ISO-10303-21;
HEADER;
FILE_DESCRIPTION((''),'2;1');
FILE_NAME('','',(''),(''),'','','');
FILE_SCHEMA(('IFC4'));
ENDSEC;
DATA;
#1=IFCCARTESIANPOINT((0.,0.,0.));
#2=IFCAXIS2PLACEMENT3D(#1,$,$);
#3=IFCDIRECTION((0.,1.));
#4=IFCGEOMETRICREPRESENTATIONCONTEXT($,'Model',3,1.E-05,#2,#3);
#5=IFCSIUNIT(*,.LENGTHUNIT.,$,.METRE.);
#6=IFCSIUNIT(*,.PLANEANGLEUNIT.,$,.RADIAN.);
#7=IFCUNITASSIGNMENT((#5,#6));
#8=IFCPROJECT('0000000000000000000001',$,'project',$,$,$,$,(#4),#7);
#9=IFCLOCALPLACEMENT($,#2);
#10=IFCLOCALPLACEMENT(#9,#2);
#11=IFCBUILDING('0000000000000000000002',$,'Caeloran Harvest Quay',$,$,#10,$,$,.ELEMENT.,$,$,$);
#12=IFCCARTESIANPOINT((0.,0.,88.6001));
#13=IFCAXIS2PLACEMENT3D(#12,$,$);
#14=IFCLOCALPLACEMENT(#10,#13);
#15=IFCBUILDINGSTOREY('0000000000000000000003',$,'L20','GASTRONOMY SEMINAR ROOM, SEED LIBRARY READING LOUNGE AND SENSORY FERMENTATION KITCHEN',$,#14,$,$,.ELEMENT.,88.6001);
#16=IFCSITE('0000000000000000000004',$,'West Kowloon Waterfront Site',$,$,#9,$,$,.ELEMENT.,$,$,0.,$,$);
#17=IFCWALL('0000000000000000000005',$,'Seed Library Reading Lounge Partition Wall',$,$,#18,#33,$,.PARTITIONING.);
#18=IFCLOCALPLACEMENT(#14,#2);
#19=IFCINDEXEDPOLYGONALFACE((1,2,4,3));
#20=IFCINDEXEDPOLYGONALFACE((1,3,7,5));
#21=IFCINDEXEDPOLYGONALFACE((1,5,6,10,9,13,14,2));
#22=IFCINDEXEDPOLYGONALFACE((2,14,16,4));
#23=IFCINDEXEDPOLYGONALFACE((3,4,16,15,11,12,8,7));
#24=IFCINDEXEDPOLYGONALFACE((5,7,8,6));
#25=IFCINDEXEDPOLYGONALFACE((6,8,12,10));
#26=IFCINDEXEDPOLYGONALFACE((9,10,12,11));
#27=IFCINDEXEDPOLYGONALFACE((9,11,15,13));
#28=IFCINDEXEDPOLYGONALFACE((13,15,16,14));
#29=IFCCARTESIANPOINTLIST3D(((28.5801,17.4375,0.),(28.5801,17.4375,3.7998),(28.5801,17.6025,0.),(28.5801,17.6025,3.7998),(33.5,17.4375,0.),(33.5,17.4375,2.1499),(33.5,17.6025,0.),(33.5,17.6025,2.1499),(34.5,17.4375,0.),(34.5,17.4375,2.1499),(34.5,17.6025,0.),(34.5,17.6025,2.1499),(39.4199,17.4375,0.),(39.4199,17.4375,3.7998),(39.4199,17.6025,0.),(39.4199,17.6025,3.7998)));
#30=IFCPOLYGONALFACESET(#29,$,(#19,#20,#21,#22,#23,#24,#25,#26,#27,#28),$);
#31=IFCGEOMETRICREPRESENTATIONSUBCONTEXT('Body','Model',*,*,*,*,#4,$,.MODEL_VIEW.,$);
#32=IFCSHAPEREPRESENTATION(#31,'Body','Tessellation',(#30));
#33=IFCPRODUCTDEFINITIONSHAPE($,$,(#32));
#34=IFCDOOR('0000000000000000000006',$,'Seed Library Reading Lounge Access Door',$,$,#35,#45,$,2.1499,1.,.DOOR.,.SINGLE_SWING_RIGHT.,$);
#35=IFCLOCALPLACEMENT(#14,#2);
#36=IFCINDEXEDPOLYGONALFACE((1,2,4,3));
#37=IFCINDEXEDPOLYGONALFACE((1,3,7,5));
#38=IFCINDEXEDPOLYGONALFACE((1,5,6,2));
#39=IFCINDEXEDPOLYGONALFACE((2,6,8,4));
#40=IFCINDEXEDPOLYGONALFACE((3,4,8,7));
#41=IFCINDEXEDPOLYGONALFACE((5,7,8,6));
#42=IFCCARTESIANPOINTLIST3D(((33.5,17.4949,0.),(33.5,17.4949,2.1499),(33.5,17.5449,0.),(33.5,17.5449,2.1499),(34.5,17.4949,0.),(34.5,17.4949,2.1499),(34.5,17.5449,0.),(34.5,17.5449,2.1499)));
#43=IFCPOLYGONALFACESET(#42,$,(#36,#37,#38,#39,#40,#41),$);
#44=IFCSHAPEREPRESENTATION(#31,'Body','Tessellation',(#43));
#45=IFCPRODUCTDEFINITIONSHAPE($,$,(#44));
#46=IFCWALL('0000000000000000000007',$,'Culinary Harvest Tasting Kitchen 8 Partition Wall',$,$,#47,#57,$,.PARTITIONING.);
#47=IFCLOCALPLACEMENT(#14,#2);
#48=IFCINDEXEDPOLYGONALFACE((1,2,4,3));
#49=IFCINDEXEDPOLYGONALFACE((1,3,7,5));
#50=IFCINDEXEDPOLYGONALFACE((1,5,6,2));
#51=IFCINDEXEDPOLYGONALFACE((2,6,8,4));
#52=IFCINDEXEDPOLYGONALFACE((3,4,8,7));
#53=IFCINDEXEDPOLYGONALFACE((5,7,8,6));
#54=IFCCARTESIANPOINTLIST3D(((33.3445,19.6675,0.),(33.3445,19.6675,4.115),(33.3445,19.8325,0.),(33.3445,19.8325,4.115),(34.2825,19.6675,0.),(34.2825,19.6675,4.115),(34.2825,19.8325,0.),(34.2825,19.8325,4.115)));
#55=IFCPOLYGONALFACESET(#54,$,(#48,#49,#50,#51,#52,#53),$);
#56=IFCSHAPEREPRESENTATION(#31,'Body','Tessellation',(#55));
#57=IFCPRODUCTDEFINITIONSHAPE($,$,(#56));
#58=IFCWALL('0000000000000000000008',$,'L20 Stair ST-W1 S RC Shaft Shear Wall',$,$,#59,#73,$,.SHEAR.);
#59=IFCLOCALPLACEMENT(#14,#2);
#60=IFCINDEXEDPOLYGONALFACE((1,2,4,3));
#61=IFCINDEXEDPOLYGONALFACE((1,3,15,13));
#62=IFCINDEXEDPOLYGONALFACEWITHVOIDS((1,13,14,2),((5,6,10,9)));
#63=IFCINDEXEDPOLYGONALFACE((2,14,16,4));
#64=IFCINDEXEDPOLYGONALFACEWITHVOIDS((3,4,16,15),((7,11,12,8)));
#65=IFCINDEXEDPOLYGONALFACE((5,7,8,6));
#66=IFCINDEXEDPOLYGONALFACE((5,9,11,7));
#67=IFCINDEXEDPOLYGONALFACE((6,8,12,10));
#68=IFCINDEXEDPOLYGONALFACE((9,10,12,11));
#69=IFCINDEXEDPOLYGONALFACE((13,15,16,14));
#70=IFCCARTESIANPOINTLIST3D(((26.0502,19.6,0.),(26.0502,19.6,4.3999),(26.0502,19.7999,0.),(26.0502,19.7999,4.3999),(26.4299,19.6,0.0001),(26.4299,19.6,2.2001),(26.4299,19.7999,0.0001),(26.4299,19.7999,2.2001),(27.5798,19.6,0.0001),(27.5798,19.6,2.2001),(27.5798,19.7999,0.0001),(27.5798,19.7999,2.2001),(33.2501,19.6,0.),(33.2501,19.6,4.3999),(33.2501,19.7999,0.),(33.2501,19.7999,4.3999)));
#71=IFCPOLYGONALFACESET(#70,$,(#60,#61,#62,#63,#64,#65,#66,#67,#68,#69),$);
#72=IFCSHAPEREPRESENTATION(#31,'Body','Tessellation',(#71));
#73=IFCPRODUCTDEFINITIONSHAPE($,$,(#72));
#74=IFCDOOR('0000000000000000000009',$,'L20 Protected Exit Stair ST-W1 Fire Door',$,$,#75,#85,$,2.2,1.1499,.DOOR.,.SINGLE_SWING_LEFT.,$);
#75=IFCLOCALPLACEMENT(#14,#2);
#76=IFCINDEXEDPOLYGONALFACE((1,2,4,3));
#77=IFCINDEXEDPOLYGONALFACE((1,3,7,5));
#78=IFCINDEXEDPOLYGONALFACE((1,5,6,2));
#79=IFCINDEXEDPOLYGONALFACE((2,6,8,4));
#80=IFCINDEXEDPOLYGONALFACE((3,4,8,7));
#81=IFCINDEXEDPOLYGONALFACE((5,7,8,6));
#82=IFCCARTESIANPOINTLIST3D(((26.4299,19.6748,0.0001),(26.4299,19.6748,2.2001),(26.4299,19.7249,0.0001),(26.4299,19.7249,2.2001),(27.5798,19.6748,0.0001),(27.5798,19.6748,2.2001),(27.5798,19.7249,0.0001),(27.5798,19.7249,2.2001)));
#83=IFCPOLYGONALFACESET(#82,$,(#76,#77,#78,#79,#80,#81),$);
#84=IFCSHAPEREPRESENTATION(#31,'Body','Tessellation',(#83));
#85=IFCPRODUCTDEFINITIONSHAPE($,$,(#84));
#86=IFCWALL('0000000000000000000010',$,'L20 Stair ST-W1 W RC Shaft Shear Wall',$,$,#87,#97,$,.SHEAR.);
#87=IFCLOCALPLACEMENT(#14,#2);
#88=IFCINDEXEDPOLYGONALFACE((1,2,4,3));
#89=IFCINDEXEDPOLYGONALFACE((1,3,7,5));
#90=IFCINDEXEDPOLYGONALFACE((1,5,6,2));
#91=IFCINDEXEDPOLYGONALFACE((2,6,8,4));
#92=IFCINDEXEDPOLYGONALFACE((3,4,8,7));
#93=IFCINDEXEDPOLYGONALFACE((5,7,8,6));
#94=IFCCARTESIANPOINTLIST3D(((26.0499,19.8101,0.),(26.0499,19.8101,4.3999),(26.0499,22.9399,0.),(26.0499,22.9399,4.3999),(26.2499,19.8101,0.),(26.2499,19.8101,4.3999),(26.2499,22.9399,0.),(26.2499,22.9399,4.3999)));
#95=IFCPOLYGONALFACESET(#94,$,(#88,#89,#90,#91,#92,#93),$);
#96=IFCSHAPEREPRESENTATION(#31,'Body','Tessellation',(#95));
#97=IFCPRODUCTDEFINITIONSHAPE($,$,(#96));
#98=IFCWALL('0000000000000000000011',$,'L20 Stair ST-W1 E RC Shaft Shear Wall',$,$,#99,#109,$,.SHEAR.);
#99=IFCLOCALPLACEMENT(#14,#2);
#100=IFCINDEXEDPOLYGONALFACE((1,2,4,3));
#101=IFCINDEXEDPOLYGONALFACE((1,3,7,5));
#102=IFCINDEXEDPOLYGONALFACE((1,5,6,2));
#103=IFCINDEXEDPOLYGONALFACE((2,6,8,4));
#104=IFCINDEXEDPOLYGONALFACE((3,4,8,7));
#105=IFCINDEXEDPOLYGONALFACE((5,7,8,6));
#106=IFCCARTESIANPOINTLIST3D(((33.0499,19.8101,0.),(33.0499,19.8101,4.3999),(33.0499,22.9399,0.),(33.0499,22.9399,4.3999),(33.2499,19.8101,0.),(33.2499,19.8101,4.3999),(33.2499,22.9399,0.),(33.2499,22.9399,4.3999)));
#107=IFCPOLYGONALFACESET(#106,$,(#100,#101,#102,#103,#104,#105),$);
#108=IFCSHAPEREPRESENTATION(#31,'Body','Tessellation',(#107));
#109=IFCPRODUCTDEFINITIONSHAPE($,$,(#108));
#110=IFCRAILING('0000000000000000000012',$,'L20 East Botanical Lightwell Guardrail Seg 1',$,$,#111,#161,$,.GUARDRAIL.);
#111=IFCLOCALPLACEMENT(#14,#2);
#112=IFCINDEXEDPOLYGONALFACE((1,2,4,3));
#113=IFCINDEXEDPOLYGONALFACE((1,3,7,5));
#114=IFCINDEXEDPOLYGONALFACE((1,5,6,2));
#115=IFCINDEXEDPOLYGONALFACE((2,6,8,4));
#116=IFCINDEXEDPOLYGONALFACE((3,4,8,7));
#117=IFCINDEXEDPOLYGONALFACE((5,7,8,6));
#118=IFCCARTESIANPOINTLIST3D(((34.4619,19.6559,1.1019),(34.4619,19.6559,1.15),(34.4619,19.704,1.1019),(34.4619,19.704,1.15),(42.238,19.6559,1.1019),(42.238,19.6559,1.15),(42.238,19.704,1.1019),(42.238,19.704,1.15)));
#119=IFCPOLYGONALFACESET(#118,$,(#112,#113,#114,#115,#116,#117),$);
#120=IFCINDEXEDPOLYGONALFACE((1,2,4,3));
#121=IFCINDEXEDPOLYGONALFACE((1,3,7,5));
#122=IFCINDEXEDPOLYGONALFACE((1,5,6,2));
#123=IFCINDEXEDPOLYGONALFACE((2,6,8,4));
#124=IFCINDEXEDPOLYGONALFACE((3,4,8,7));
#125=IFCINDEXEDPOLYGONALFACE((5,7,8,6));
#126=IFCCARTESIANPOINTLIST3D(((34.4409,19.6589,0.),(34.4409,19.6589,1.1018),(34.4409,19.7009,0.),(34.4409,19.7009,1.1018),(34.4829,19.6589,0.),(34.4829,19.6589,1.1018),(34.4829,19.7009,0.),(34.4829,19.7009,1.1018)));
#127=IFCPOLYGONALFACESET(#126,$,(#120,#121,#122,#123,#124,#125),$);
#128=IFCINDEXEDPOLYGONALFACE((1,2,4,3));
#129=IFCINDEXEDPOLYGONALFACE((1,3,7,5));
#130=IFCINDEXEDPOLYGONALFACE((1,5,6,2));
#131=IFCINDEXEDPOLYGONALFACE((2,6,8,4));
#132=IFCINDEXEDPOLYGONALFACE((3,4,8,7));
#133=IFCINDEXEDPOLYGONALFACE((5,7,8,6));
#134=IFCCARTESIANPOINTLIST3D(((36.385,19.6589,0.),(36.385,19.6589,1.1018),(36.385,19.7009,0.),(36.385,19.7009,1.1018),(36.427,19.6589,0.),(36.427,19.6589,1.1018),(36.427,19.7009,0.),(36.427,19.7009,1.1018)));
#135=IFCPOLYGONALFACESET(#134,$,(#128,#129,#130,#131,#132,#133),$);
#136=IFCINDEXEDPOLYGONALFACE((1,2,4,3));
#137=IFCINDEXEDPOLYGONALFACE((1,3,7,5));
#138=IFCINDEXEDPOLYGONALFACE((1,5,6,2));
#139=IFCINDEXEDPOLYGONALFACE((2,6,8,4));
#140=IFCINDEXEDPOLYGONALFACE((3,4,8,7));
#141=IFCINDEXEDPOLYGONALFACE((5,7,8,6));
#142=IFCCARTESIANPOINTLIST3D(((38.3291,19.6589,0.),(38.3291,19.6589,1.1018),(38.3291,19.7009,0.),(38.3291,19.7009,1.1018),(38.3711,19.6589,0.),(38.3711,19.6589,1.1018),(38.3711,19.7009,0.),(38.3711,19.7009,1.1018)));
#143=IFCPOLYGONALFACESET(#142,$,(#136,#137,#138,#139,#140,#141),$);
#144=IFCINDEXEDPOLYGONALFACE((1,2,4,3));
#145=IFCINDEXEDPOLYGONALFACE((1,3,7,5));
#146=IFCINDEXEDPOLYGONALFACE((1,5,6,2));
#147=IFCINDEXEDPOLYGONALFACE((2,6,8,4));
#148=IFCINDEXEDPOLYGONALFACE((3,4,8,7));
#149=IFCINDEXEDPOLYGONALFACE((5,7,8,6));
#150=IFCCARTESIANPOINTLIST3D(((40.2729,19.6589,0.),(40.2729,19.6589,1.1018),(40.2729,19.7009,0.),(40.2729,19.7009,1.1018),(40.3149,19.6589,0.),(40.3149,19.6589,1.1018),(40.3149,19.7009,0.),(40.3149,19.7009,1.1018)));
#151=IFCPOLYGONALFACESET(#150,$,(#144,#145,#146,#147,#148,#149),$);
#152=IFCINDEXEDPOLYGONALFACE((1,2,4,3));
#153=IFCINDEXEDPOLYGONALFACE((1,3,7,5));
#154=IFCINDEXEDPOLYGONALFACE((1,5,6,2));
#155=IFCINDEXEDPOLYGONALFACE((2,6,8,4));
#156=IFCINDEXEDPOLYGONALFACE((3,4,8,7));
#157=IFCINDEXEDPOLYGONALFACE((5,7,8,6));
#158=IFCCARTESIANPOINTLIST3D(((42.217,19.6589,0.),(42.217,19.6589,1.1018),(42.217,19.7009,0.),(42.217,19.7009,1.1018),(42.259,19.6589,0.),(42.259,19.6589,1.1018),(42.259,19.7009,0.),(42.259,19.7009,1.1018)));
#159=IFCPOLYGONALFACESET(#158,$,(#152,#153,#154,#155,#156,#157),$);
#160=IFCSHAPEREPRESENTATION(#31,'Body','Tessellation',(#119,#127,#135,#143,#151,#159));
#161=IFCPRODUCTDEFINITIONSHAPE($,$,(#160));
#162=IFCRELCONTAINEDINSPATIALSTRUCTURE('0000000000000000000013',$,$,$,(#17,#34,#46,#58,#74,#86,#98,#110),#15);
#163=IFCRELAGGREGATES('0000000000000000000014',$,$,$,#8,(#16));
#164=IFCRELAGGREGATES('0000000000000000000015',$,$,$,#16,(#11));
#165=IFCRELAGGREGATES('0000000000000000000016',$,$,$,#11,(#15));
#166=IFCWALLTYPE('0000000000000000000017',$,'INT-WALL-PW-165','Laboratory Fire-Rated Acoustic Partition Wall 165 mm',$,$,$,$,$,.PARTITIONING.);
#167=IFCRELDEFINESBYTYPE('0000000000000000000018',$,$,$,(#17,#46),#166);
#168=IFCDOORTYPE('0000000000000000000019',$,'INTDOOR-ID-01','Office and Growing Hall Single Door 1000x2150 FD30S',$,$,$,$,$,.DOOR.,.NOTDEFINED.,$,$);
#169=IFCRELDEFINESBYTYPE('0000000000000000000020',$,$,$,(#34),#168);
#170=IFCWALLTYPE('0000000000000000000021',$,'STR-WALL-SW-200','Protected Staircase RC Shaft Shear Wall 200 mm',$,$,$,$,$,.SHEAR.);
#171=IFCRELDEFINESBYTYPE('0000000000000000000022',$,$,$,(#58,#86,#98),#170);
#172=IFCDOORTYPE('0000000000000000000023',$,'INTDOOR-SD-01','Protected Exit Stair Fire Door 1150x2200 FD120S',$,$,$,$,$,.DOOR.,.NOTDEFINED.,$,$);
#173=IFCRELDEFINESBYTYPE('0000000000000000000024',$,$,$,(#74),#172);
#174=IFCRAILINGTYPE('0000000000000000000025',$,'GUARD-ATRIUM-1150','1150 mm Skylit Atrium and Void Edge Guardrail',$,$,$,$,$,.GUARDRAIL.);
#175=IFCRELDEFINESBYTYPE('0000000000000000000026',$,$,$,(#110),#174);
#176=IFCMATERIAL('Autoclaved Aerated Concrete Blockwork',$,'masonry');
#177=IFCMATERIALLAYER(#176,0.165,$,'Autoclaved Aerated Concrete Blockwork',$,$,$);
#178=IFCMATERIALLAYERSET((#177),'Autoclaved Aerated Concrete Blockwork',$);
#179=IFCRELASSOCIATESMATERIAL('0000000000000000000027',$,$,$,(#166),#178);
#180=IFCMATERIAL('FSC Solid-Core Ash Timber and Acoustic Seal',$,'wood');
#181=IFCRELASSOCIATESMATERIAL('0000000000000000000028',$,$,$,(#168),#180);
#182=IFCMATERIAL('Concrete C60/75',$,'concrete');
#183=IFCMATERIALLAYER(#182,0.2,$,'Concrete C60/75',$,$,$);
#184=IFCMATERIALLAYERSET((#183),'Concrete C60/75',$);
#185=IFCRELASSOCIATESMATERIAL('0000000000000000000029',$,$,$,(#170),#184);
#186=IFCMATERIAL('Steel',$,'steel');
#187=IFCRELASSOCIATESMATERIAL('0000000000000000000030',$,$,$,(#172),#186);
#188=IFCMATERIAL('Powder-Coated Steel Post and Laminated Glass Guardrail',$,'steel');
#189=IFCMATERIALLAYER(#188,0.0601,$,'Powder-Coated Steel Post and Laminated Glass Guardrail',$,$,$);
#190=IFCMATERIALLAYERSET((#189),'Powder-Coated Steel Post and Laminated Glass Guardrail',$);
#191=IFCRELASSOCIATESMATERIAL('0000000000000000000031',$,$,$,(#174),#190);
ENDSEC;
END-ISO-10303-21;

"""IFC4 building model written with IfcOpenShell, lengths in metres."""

from ifc_helpers import new_model, si_unit, direction, frame, frame_2d, origin, origin_2d, place, context, subcontext, project, spatial, rectangle, extrude, material, layer, layer_set, type_object, element, fill, save


model = new_model("IFC4")

# Units and contexts
model_context = context("Model", 3, precision=1e-05, world=origin(), true_north=direction((0.0, 1.0)))
body_context = subcontext(model_context, "Body", "Model", "MODEL_VIEW")
ifc_project = project(units=[si_unit("LENGTHUNIT", "METRE"), si_unit("PLANEANGLEUNIT", "RADIAN")], contexts=[model_context])

# Site, building, storey
site_placement = place(None, origin())
site = spatial("IfcSite", under=ifc_project, at=site_placement, Name="West Kowloon Waterfront Site", CompositionType="ELEMENT", RefElevation=0.0)
building_placement = place(site_placement, origin())
building = spatial("IfcBuilding", under=site, at=building_placement, Name="Caeloran Harvest Quay", CompositionType="ELEMENT")
storey_placement = place(building_placement, frame((0.0, 0.0, 88.6001)))
storey = spatial("IfcBuildingStorey", under=building, at=storey_placement, Name="L20", Description="GASTRONOMY SEMINAR ROOM, SEED LIBRARY READING LOUNGE AND SENSORY FERMENTATION KITCHEN", CompositionType="ELEMENT", Elevation=88.6001)

# Shared definitions
ifc_material_1 = material(Name="Autoclaved Aerated Concrete Blockwork", Category="masonry")
ifc_layer_1 = layer(ifc_material_1, 0.165, Name="Autoclaved Aerated Concrete Blockwork")
ifc_layer_set_1 = layer_set([ifc_layer_1], Name="Autoclaved Aerated Concrete Blockwork")
wall_type_1 = type_object("IfcWallType", Name="INT-WALL-PW-165", Description="Laboratory Fire-Rated Acoustic Partition Wall 165 mm", PredefinedType="PARTITIONING", material=ifc_layer_set_1)

# Wall, opening, door
ifc_material_2 = material(Name="FSC Solid-Core Ash Timber and Acoustic Seal", Category="wood")
door_type_1 = type_object("IfcDoorType", Name="INTDOOR-ID-01", Description="Office and Growing Hall Single Door 1000x2150 FD30S", OperationType="NOTDEFINED", PredefinedType="DOOR", material=ifc_material_2)
wall_1_placement = place(storey_placement, frame((28.5801, 17.52, 0.0), z_axis=(0.0, 0.0, 1.0), x_axis=(1.0, 0.0, 0.0)))
wall_1 = element("IfcWall", 1, at=wall_1_placement, inside=storey, type_object=wall_type_1, Name="Seed Library Reading Lounge Partition Wall", PredefinedType="PARTITIONING", context=body_context, shape_type="SweptSolid", body=[
    extrude(rectangle(XDim=10.8398, YDim=0.165, at=frame_2d((5.4199, 0.0))), origin(), (0.0, 0.0, 1.0), 3.7998),
])
opening_1_placement = place(wall_1_placement, frame((4.9199, 0.0, 0.0)))
opening_1 = element("IfcOpeningElement", 2, at=opening_1_placement, cuts=wall_1, PredefinedType="OPENING", context=body_context, shape_type="SweptSolid", body=[
    extrude(rectangle(XDim=1.0, YDim=2.1499, at=frame_2d((0.5, 1.075))), frame((0.0, 0.0925, 0.0), z_axis=(0.0, -1.0, 0.0), x_axis=(1.0, 0.0, 0.0)), (0.0, 0.0, 1.0), 0.1851),
])
door_1_placement = place(opening_1_placement, origin())
door_1 = element("IfcDoor", 3, at=door_1_placement, inside=storey, type_object=door_type_1, Name="Seed Library Reading Lounge Access Door", OperationType="SINGLE_SWING_RIGHT", OverallHeight=2.1499, OverallWidth=1.0, PredefinedType="DOOR", context=body_context, shape_type="SweptSolid", body=[
    extrude(rectangle(XDim=1.0, YDim=2.1499, at=frame_2d((0.5, 1.075))), frame((0.0, 0.0249, 0.0), z_axis=(0.0, -1.0, 0.0), x_axis=(1.0, 0.0, 0.0)), (0.0, 0.0, 1.0), 0.05),
])
fill(opening_1, door_1)

# Wall
wall_2_placement = place(storey_placement, frame((34.2825, 19.75, 0.0), z_axis=(0.0, 0.0, 1.0), x_axis=(-1.0, 0.0, 0.0)))
element("IfcWall", 4, at=wall_2_placement, inside=storey, type_object=wall_type_1, Name="Culinary Harvest Tasting Kitchen 8 Partition Wall", PredefinedType="PARTITIONING", context=body_context, shape_type="SweptSolid", body=[
    extrude(rectangle(XDim=0.938, YDim=0.165, at=frame_2d((0.469, 0.0))), origin(), (0.0, 0.0, 1.0), 4.115),
])

# Wall, opening, door
ifc_material_3 = material(Name="Concrete C60/75", Category="concrete")
ifc_layer_2 = layer(ifc_material_3, 0.2, Name="Concrete C60/75")
ifc_layer_set_2 = layer_set([ifc_layer_2], Name="Concrete C60/75")
wall_type_2 = type_object("IfcWallType", Name="STR-WALL-SW-200", Description="Protected Staircase RC Shaft Shear Wall 200 mm", PredefinedType="SHEAR", material=ifc_layer_set_2)
wall_3_placement = place(storey_placement, frame((26.05, 19.7, 0.0), z_axis=(0.0, 0.0, 1.0), x_axis=(1.0, 0.0, 0.0)))
wall_3 = element("IfcWall", 5, at=wall_3_placement, inside=storey, type_object=wall_type_2, Name="L20 Stair ST-W1 S RC Shaft Shear Wall", PredefinedType="SHEAR", context=body_context, shape_type="SweptSolid", body=[
    extrude(rectangle(XDim=7.2, YDim=0.2, at=frame_2d((3.6001, 0.0))), origin(), (0.0, 0.0, 1.0), 4.3999),
])
opening_2_placement = place(wall_3_placement, frame((0.3799, 0.0, 0.0)))
opening_2 = element("IfcOpeningElement", 6, at=opening_2_placement, cuts=wall_3, PredefinedType="OPENING", context=body_context, shape_type="SweptSolid", body=[
    extrude(rectangle(XDim=1.1499, YDim=2.2, at=frame_2d((0.575, 1.1001))), frame((0.0, 0.1099, 0.0), z_axis=(0.0, -1.0, 0.0), x_axis=(1.0, 0.0, 0.0)), (0.0, 0.0, 1.0), 0.22),
])
ifc_material_4 = material(Name="Steel", Category="steel")
door_type_2 = type_object("IfcDoorType", Name="INTDOOR-SD-01", Description="Protected Exit Stair Fire Door 1150x2200 FD120S", OperationType="NOTDEFINED", PredefinedType="DOOR", material=ifc_material_4)
door_2_placement = place(opening_2_placement, origin())
door_2 = element("IfcDoor", 7, at=door_2_placement, inside=storey, type_object=door_type_2, Name="L20 Protected Exit Stair ST-W1 Fire Door", OperationType="SINGLE_SWING_LEFT", OverallHeight=2.2, OverallWidth=1.1499, PredefinedType="DOOR", context=body_context, shape_type="SweptSolid", body=[
    extrude(rectangle(XDim=1.1499, YDim=2.2, at=frame_2d((0.575, 1.1001))), frame((0.0, 0.0249, 0.0), z_axis=(0.0, -1.0, 0.0), x_axis=(1.0, 0.0, 0.0)), (0.0, 0.0, 1.0), 0.05),
])
fill(opening_2, door_2)

# Walls
for number, where, z_axis, x_axis, name in (
    (8, (26.1499, 19.8101, 0.0), (0.0, 0.0, 1.0), (0.0, 1.0, 0.0), "L20 Stair ST-W1 W RC Shaft Shear Wall"),
    (9, (33.1499, 19.8101, 0.0), (0.0, 0.0, 1.0), (0.0, 1.0, 0.0), "L20 Stair ST-W1 E RC Shaft Shear Wall"),
):
    element("IfcWall", number, at=place(storey_placement, frame(where, z_axis=z_axis, x_axis=x_axis)), inside=storey, type_object=wall_type_2, Name=name, PredefinedType="SHEAR", context=body_context, shape_type="SweptSolid", body=[
        extrude(rectangle(XDim=3.1299, YDim=0.2, at=frame_2d((1.5649, 0.0))), origin(), (0.0, 0.0, 1.0), 4.3999),
    ])

# Railing
ifc_material_5 = material(Name="Powder-Coated Steel Post and Laminated Glass Guardrail", Category="steel")
ifc_layer_3 = layer(ifc_material_5, 0.0601, Name="Powder-Coated Steel Post and Laminated Glass Guardrail")
ifc_layer_set_3 = layer_set([ifc_layer_3], Name="Powder-Coated Steel Post and Laminated Glass Guardrail")
railing_type_1 = type_object("IfcRailingType", Name="GUARD-ATRIUM-1150", Description="1150 mm Skylit Atrium and Void Edge Guardrail", PredefinedType="GUARDRAIL", material=ifc_layer_set_3)
railing_1_placement = place(storey_placement, frame((34.4619, 19.6799, 0.0)))
element("IfcRailing", 10, at=railing_1_placement, inside=storey, type_object=railing_type_1, Name="L20 East Botanical Lightwell Guardrail Seg 1", PredefinedType="GUARDRAIL", context=body_context, shape_type="SweptSolid", body=[
    extrude(rectangle(XDim=0.0481, YDim=0.0481, at=origin_2d()), frame((0.0, 0.0, 1.126), z_axis=(1.0, 0.0, 0.0), x_axis=(0.0, 1.0, 0.0)), (0.0, 0.0, 1.0), 7.7761),
    extrude(rectangle(XDim=0.042, YDim=0.042, at=origin_2d()), origin(), (0.0, 0.0, 1.0), 1.1018),
    extrude(rectangle(XDim=0.042, YDim=0.042, at=origin_2d()), frame((1.9441, 0.0, 0.0)), (0.0, 0.0, 1.0), 1.1018),
    extrude(rectangle(XDim=0.042, YDim=0.042, at=origin_2d()), frame((3.8882, 0.0, 0.0)), (0.0, 0.0, 1.0), 1.1018),
    extrude(rectangle(XDim=0.042, YDim=0.042, at=origin_2d()), frame((5.832, 0.0, 0.0)), (0.0, 0.0, 1.0), 1.1018),
    extrude(rectangle(XDim=0.042, YDim=0.042, at=origin_2d()), frame((7.7761, 0.0, 0.0)), (0.0, 0.0, 1.0), 1.1018),
])

save(model, "model.ifc")
